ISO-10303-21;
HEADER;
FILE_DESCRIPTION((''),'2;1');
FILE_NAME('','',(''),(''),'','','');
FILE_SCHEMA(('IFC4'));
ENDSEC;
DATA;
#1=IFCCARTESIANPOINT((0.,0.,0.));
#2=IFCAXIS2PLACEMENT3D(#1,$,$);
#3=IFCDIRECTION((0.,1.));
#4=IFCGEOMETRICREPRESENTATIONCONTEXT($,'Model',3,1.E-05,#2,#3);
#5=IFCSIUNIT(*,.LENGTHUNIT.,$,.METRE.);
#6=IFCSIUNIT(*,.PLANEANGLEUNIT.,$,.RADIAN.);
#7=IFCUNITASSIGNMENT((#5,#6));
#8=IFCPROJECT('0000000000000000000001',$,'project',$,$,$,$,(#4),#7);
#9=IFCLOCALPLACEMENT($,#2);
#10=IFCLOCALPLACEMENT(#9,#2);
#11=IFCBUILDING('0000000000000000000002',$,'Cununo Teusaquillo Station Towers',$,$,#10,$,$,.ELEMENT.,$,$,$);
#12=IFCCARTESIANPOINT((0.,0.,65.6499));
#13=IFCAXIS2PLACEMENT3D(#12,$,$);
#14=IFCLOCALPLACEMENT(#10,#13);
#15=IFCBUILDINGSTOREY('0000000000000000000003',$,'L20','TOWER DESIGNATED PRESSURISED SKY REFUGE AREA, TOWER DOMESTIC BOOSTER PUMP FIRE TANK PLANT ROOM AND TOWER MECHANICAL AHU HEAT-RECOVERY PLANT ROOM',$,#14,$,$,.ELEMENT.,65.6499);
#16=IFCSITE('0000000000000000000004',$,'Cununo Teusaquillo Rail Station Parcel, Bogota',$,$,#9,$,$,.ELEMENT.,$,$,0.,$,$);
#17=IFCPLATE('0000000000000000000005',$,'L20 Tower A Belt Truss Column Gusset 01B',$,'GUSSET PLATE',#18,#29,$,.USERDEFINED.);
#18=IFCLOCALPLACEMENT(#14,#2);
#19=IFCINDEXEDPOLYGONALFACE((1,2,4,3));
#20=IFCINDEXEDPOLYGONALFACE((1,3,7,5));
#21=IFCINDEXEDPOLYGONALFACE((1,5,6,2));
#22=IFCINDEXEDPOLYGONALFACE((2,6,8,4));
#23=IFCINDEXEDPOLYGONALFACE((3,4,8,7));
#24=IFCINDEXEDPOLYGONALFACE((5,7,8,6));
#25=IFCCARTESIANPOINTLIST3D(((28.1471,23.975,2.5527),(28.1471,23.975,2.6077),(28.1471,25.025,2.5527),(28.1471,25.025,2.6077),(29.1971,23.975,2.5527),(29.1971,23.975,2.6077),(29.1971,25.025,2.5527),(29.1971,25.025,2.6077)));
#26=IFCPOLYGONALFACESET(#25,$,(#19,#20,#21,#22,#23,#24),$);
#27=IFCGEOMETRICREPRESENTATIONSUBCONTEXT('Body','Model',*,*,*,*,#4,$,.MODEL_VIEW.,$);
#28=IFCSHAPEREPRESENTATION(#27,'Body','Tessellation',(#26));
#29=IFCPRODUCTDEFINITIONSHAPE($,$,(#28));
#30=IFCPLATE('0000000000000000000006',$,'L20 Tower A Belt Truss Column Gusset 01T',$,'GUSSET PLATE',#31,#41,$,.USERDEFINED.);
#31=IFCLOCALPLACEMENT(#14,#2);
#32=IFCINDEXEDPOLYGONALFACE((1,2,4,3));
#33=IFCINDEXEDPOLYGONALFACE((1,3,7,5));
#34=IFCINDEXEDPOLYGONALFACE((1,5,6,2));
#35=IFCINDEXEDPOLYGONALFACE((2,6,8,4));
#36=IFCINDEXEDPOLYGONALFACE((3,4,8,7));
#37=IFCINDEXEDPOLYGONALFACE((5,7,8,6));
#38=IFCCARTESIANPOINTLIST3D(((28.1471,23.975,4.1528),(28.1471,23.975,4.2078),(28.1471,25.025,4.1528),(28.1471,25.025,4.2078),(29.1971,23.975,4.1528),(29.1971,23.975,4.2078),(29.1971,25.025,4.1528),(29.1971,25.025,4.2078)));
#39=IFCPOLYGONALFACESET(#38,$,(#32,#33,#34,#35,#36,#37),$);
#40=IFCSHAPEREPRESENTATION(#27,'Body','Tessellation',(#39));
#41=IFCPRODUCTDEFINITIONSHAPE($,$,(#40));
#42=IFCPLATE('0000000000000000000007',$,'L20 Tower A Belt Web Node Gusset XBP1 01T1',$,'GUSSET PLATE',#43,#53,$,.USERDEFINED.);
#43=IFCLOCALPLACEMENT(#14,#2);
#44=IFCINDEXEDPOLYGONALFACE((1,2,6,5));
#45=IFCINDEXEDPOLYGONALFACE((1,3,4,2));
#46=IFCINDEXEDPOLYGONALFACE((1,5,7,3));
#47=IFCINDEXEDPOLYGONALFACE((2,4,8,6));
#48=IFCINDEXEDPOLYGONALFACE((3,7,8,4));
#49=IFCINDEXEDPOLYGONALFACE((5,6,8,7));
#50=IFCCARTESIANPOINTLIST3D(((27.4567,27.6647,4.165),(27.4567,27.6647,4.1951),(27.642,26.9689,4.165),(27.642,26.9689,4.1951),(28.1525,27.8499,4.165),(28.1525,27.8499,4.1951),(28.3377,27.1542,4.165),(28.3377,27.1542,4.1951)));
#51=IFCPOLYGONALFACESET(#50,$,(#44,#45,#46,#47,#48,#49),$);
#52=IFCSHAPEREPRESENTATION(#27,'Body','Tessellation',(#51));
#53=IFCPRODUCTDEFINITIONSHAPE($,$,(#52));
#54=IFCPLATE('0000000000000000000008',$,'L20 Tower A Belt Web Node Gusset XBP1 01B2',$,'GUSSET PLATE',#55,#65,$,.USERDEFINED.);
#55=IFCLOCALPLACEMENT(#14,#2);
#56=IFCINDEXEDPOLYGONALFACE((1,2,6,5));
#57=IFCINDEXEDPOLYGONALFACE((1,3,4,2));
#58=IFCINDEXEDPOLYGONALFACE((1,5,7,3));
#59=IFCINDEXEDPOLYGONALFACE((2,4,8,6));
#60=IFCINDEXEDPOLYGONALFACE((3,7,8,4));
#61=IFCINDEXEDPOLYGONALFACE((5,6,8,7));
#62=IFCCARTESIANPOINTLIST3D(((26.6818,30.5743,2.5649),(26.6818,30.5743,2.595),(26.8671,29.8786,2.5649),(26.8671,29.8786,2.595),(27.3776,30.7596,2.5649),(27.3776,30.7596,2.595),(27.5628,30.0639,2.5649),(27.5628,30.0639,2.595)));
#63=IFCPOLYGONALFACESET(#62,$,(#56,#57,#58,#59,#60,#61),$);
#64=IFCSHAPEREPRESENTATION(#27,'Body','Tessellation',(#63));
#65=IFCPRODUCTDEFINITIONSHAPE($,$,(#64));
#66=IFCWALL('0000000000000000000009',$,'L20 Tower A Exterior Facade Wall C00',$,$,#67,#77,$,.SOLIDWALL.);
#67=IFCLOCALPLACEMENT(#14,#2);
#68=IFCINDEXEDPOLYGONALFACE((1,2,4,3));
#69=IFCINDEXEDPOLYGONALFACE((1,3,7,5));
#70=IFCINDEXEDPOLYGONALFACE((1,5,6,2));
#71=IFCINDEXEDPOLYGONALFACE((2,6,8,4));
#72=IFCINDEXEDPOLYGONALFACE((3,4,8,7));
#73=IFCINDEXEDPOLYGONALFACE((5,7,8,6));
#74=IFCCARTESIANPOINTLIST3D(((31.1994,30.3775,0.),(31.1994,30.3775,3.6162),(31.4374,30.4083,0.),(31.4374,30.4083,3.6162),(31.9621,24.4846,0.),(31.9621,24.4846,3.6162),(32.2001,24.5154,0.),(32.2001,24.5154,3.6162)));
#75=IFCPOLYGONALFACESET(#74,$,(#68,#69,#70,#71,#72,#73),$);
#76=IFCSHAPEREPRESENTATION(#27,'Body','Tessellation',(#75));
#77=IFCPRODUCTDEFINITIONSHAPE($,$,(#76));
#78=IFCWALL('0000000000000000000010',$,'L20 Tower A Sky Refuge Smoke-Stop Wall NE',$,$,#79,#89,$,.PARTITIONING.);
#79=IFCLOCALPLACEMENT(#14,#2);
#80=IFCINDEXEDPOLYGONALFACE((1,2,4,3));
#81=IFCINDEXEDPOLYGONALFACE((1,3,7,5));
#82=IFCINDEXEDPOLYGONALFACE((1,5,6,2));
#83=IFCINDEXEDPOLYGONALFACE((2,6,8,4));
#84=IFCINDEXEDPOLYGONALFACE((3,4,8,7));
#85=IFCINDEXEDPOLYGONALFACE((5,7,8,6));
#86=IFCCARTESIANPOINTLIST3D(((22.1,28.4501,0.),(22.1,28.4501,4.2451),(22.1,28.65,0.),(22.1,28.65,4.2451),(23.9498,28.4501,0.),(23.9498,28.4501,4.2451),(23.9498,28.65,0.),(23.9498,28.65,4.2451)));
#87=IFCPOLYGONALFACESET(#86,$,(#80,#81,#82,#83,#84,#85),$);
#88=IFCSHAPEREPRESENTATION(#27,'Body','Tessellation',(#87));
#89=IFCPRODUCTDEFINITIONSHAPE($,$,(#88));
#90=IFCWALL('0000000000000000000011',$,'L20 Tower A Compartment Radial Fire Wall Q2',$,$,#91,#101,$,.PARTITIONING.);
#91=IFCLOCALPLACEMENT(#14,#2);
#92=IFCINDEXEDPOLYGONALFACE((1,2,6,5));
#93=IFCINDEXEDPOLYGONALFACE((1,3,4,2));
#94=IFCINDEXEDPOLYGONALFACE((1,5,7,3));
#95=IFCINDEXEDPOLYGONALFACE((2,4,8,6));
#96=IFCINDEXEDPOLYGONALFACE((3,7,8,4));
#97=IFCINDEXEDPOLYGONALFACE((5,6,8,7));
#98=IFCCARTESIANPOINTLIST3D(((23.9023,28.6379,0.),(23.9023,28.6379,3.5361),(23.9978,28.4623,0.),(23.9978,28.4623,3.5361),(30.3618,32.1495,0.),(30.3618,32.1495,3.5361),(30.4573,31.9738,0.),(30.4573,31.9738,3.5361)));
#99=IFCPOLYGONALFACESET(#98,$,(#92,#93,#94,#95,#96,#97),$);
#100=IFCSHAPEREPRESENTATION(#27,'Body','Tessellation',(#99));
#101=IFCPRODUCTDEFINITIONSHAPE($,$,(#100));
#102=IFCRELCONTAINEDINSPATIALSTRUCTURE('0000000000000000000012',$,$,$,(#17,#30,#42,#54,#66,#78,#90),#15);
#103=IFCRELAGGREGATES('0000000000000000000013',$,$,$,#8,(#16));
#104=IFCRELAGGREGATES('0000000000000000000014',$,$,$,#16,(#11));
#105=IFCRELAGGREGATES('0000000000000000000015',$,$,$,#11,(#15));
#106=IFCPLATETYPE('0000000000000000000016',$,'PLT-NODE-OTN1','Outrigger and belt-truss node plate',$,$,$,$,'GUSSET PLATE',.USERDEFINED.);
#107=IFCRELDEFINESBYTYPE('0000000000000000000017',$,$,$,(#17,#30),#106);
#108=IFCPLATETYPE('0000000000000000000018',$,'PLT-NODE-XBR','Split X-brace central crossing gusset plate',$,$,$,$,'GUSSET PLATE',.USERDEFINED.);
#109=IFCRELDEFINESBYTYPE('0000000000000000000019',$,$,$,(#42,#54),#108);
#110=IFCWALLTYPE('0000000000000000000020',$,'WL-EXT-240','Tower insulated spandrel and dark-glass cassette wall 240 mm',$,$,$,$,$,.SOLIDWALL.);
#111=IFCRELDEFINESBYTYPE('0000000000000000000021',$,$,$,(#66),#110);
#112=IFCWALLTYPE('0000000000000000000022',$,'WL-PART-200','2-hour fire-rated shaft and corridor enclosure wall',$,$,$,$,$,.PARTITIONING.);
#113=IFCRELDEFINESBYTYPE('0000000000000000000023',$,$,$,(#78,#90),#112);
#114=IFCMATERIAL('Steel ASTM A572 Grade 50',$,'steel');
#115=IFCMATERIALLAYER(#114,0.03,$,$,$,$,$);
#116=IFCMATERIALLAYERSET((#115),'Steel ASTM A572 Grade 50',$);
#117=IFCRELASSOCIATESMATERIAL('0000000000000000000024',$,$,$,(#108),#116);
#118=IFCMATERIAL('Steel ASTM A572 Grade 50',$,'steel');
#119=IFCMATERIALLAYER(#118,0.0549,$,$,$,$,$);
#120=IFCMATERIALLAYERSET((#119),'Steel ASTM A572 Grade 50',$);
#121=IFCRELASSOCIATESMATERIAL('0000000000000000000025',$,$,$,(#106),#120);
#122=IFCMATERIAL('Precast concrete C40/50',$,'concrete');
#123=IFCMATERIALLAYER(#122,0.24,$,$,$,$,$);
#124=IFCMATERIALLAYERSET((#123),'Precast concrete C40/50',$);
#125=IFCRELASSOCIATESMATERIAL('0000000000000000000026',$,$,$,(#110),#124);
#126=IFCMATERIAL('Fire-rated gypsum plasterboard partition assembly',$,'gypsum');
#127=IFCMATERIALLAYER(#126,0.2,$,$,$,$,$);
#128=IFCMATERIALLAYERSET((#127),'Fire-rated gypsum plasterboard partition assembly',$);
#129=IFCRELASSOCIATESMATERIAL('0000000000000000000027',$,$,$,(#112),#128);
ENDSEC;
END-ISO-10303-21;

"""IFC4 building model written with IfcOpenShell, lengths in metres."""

from ifc_helpers import new_model, si_unit, direction, frame, frame_2d, origin, origin_2d, place, context, subcontext, project, spatial, rectangle, extrude, source, transform, mapped, material, layer, layer_set, type_object, element, save


model = new_model("IFC4")

# Units and contexts
model_context = context("Model", 3, precision=1e-05, world=origin(), true_north=direction((0.0, 1.0)))
body_context = subcontext(model_context, "Body", "Model", "MODEL_VIEW")
ifc_project = project(units=[si_unit("LENGTHUNIT", "METRE"), si_unit("PLANEANGLEUNIT", "RADIAN")], contexts=[model_context])

# Site, building, storey
site_placement = place(None, origin())
site = spatial("IfcSite", under=ifc_project, at=site_placement, Name="Cununo Teusaquillo Rail Station Parcel, Bogota", CompositionType="ELEMENT", RefElevation=0.0)
building_placement = place(site_placement, origin())
building = spatial("IfcBuilding", under=site, at=building_placement, Name="Cununo Teusaquillo Station Towers", CompositionType="ELEMENT")
storey_placement = place(building_placement, frame((0.0, 0.0, 65.6499)))
storey = spatial("IfcBuildingStorey", under=building, at=storey_placement, Name="L20", Description="TOWER DESIGNATED PRESSURISED SKY REFUGE AREA, TOWER DOMESTIC BOOSTER PUMP FIRE TANK PLANT ROOM AND TOWER MECHANICAL AHU HEAT-RECOVERY PLANT ROOM", CompositionType="ELEMENT", Elevation=65.6499)

# Plates
ifc_material_1 = material(Name="Steel ASTM A572 Grade 50", Category="steel")
ifc_layer_1 = layer(ifc_material_1, 0.03)
ifc_layer_set_1 = layer_set([ifc_layer_1], Name="Steel ASTM A572 Grade 50")
plate_type_1 = type_object("IfcPlateType", Name="PLT-NODE-XBR", Description="Split X-brace central crossing gusset plate", ElementType="GUSSET PLATE", PredefinedType="USERDEFINED", material=ifc_layer_set_1)
ifc_material_2 = material(Name="Steel ASTM A572 Grade 50", Category="steel")
ifc_layer_2 = layer(ifc_material_2, 0.0549)
ifc_layer_set_2 = layer_set([ifc_layer_2], Name="Steel ASTM A572 Grade 50")
plate_type_2 = type_object("IfcPlateType", Name="PLT-NODE-OTN1", Description="Outrigger and belt-truss node plate", ElementType="GUSSET PLATE", PredefinedType="USERDEFINED", material=ifc_layer_set_2)
shared_shape_1 = source(origin(), body_context, "Body", "SweptSolid", [
    extrude(rectangle(XDim=1.05, YDim=1.05, at=origin_2d()), origin(), (0.0, 0.0, 1.0), 0.0549),
])
for number, where, z_axis, x_axis, name in (
    (1, (28.6721, 24.5, 2.5527), (0.0, 0.0, 1.0), (1.0, 0.0, 0.0), "L20 Tower A Belt Truss Column Gusset 01B"),
    (2, (28.6721, 24.5, 4.1528), (0.0, 0.0, 1.0), (1.0, 0.0, 0.0), "L20 Tower A Belt Truss Column Gusset 01T"),
):
    element("IfcPlate", number, at=place(storey_placement, frame(where, z_axis=z_axis, x_axis=x_axis)), inside=storey, type_object=plate_type_2, Name=name, ObjectType="GUSSET PLATE", PredefinedType="USERDEFINED", context=body_context, shape_type="MappedRepresentation", body=[
        mapped(shared_shape_1, transform((0.0, 0.0, 0.0), x_axis=(1.0, 0.0, 0.0), y_axis=(0.0, 1.0, 0.0), z_axis=(0.0, 0.0, 1.0), scale=1.0)),
    ])
shared_shape_2 = source(origin(), body_context, "Body", "SweptSolid", [
    extrude(rectangle(XDim=0.72, YDim=0.72, at=origin_2d()), origin(), (0.0, 0.0, 1.0), 0.03),
])
for number, where, z_axis, x_axis, name in (
    (3, (27.8972, 27.4094, 4.165), (0.0, 0.0, 1.0), (-0.257301, 0.966331, 0.0), "L20 Tower A Belt Web Node Gusset XBP1 01T1"),
    (4, (27.1223, 30.3191, 2.5649), (0.0, 0.0, 1.0), (-0.257301, 0.966331, 0.0), "L20 Tower A Belt Web Node Gusset XBP1 01B2"),
):
    element("IfcPlate", number, at=place(storey_placement, frame(where, z_axis=z_axis, x_axis=x_axis)), inside=storey, type_object=plate_type_1, Name=name, ObjectType="GUSSET PLATE", PredefinedType="USERDEFINED", context=body_context, shape_type="MappedRepresentation", body=[
        mapped(shared_shape_2, transform((0.0, 0.0, 0.0), x_axis=(1.0, 0.0, 0.0), y_axis=(0.0, 1.0, 0.0), z_axis=(0.0, 0.0, 1.0), scale=1.0)),
    ])

# Walls
ifc_material_3 = material(Name="Precast concrete C40/50", Category="concrete")
ifc_layer_3 = layer(ifc_material_3, 0.24)
ifc_layer_set_3 = layer_set([ifc_layer_3], Name="Precast concrete C40/50")
wall_type_1 = type_object("IfcWallType", Name="WL-EXT-240", Description="Tower insulated spandrel and dark-glass cassette wall 240 mm", PredefinedType="SOLIDWALL", material=ifc_layer_set_3)
wall_1_placement = place(storey_placement, frame((31.3184, 30.3931, 0.0), z_axis=(0.0, 0.0, 1.0), x_axis=(0.128352, -0.991729, 0.0)))
element("IfcWall", 5, at=wall_1_placement, inside=storey, type_object=wall_type_1, Name="L20 Tower A Exterior Facade Wall C00", PredefinedType="SOLIDWALL", context=body_context, shape_type="SweptSolid", body=[
    extrude(rectangle(XDim=5.9421, YDim=0.24, at=frame_2d((2.9712, 0.0))), origin(), (0.0, 0.0, 1.0), 3.6162),
])
ifc_material_4 = material(Name="Fire-rated gypsum plasterboard partition assembly", Category="gypsum")
ifc_layer_4 = layer(ifc_material_4, 0.2)
ifc_layer_set_4 = layer_set([ifc_layer_4], Name="Fire-rated gypsum plasterboard partition assembly")
wall_type_2 = type_object("IfcWallType", Name="WL-PART-200", Description="2-hour fire-rated shaft and corridor enclosure wall", PredefinedType="PARTITIONING", material=ifc_layer_set_4)
wall_2_placement = place(storey_placement, frame((22.1001, 28.55, 0.0), z_axis=(0.0, 0.0, 1.0), x_axis=(1.0, 0.0, 0.0)))
element("IfcWall", 6, at=wall_2_placement, inside=storey, type_object=wall_type_2, Name="L20 Tower A Sky Refuge Smoke-Stop Wall NE", PredefinedType="PARTITIONING", context=body_context, shape_type="SweptSolid", body=[
    extrude(rectangle(XDim=1.8499, YDim=0.2, at=frame_2d((0.9248, 0.0))), origin(), (0.0, 0.0, 1.0), 4.2451),
])
wall_3_placement = place(storey_placement, frame((23.95, 28.55, 0.0), z_axis=(0.0, 0.0, 1.0), x_axis=(0.878574, 0.477607, 0.0)))
element("IfcWall", 7, at=wall_3_placement, inside=storey, type_object=wall_type_2, Name="L20 Tower A Compartment Radial Fire Wall Q2", PredefinedType="PARTITIONING", context=body_context, shape_type="SweptSolid", body=[
    extrude(rectangle(XDim=7.3523, YDim=0.2, at=frame_2d((3.6763, 0.0))), origin(), (0.0, 0.0, 1.0), 3.5361),
])

save(model, "model.ifc")
